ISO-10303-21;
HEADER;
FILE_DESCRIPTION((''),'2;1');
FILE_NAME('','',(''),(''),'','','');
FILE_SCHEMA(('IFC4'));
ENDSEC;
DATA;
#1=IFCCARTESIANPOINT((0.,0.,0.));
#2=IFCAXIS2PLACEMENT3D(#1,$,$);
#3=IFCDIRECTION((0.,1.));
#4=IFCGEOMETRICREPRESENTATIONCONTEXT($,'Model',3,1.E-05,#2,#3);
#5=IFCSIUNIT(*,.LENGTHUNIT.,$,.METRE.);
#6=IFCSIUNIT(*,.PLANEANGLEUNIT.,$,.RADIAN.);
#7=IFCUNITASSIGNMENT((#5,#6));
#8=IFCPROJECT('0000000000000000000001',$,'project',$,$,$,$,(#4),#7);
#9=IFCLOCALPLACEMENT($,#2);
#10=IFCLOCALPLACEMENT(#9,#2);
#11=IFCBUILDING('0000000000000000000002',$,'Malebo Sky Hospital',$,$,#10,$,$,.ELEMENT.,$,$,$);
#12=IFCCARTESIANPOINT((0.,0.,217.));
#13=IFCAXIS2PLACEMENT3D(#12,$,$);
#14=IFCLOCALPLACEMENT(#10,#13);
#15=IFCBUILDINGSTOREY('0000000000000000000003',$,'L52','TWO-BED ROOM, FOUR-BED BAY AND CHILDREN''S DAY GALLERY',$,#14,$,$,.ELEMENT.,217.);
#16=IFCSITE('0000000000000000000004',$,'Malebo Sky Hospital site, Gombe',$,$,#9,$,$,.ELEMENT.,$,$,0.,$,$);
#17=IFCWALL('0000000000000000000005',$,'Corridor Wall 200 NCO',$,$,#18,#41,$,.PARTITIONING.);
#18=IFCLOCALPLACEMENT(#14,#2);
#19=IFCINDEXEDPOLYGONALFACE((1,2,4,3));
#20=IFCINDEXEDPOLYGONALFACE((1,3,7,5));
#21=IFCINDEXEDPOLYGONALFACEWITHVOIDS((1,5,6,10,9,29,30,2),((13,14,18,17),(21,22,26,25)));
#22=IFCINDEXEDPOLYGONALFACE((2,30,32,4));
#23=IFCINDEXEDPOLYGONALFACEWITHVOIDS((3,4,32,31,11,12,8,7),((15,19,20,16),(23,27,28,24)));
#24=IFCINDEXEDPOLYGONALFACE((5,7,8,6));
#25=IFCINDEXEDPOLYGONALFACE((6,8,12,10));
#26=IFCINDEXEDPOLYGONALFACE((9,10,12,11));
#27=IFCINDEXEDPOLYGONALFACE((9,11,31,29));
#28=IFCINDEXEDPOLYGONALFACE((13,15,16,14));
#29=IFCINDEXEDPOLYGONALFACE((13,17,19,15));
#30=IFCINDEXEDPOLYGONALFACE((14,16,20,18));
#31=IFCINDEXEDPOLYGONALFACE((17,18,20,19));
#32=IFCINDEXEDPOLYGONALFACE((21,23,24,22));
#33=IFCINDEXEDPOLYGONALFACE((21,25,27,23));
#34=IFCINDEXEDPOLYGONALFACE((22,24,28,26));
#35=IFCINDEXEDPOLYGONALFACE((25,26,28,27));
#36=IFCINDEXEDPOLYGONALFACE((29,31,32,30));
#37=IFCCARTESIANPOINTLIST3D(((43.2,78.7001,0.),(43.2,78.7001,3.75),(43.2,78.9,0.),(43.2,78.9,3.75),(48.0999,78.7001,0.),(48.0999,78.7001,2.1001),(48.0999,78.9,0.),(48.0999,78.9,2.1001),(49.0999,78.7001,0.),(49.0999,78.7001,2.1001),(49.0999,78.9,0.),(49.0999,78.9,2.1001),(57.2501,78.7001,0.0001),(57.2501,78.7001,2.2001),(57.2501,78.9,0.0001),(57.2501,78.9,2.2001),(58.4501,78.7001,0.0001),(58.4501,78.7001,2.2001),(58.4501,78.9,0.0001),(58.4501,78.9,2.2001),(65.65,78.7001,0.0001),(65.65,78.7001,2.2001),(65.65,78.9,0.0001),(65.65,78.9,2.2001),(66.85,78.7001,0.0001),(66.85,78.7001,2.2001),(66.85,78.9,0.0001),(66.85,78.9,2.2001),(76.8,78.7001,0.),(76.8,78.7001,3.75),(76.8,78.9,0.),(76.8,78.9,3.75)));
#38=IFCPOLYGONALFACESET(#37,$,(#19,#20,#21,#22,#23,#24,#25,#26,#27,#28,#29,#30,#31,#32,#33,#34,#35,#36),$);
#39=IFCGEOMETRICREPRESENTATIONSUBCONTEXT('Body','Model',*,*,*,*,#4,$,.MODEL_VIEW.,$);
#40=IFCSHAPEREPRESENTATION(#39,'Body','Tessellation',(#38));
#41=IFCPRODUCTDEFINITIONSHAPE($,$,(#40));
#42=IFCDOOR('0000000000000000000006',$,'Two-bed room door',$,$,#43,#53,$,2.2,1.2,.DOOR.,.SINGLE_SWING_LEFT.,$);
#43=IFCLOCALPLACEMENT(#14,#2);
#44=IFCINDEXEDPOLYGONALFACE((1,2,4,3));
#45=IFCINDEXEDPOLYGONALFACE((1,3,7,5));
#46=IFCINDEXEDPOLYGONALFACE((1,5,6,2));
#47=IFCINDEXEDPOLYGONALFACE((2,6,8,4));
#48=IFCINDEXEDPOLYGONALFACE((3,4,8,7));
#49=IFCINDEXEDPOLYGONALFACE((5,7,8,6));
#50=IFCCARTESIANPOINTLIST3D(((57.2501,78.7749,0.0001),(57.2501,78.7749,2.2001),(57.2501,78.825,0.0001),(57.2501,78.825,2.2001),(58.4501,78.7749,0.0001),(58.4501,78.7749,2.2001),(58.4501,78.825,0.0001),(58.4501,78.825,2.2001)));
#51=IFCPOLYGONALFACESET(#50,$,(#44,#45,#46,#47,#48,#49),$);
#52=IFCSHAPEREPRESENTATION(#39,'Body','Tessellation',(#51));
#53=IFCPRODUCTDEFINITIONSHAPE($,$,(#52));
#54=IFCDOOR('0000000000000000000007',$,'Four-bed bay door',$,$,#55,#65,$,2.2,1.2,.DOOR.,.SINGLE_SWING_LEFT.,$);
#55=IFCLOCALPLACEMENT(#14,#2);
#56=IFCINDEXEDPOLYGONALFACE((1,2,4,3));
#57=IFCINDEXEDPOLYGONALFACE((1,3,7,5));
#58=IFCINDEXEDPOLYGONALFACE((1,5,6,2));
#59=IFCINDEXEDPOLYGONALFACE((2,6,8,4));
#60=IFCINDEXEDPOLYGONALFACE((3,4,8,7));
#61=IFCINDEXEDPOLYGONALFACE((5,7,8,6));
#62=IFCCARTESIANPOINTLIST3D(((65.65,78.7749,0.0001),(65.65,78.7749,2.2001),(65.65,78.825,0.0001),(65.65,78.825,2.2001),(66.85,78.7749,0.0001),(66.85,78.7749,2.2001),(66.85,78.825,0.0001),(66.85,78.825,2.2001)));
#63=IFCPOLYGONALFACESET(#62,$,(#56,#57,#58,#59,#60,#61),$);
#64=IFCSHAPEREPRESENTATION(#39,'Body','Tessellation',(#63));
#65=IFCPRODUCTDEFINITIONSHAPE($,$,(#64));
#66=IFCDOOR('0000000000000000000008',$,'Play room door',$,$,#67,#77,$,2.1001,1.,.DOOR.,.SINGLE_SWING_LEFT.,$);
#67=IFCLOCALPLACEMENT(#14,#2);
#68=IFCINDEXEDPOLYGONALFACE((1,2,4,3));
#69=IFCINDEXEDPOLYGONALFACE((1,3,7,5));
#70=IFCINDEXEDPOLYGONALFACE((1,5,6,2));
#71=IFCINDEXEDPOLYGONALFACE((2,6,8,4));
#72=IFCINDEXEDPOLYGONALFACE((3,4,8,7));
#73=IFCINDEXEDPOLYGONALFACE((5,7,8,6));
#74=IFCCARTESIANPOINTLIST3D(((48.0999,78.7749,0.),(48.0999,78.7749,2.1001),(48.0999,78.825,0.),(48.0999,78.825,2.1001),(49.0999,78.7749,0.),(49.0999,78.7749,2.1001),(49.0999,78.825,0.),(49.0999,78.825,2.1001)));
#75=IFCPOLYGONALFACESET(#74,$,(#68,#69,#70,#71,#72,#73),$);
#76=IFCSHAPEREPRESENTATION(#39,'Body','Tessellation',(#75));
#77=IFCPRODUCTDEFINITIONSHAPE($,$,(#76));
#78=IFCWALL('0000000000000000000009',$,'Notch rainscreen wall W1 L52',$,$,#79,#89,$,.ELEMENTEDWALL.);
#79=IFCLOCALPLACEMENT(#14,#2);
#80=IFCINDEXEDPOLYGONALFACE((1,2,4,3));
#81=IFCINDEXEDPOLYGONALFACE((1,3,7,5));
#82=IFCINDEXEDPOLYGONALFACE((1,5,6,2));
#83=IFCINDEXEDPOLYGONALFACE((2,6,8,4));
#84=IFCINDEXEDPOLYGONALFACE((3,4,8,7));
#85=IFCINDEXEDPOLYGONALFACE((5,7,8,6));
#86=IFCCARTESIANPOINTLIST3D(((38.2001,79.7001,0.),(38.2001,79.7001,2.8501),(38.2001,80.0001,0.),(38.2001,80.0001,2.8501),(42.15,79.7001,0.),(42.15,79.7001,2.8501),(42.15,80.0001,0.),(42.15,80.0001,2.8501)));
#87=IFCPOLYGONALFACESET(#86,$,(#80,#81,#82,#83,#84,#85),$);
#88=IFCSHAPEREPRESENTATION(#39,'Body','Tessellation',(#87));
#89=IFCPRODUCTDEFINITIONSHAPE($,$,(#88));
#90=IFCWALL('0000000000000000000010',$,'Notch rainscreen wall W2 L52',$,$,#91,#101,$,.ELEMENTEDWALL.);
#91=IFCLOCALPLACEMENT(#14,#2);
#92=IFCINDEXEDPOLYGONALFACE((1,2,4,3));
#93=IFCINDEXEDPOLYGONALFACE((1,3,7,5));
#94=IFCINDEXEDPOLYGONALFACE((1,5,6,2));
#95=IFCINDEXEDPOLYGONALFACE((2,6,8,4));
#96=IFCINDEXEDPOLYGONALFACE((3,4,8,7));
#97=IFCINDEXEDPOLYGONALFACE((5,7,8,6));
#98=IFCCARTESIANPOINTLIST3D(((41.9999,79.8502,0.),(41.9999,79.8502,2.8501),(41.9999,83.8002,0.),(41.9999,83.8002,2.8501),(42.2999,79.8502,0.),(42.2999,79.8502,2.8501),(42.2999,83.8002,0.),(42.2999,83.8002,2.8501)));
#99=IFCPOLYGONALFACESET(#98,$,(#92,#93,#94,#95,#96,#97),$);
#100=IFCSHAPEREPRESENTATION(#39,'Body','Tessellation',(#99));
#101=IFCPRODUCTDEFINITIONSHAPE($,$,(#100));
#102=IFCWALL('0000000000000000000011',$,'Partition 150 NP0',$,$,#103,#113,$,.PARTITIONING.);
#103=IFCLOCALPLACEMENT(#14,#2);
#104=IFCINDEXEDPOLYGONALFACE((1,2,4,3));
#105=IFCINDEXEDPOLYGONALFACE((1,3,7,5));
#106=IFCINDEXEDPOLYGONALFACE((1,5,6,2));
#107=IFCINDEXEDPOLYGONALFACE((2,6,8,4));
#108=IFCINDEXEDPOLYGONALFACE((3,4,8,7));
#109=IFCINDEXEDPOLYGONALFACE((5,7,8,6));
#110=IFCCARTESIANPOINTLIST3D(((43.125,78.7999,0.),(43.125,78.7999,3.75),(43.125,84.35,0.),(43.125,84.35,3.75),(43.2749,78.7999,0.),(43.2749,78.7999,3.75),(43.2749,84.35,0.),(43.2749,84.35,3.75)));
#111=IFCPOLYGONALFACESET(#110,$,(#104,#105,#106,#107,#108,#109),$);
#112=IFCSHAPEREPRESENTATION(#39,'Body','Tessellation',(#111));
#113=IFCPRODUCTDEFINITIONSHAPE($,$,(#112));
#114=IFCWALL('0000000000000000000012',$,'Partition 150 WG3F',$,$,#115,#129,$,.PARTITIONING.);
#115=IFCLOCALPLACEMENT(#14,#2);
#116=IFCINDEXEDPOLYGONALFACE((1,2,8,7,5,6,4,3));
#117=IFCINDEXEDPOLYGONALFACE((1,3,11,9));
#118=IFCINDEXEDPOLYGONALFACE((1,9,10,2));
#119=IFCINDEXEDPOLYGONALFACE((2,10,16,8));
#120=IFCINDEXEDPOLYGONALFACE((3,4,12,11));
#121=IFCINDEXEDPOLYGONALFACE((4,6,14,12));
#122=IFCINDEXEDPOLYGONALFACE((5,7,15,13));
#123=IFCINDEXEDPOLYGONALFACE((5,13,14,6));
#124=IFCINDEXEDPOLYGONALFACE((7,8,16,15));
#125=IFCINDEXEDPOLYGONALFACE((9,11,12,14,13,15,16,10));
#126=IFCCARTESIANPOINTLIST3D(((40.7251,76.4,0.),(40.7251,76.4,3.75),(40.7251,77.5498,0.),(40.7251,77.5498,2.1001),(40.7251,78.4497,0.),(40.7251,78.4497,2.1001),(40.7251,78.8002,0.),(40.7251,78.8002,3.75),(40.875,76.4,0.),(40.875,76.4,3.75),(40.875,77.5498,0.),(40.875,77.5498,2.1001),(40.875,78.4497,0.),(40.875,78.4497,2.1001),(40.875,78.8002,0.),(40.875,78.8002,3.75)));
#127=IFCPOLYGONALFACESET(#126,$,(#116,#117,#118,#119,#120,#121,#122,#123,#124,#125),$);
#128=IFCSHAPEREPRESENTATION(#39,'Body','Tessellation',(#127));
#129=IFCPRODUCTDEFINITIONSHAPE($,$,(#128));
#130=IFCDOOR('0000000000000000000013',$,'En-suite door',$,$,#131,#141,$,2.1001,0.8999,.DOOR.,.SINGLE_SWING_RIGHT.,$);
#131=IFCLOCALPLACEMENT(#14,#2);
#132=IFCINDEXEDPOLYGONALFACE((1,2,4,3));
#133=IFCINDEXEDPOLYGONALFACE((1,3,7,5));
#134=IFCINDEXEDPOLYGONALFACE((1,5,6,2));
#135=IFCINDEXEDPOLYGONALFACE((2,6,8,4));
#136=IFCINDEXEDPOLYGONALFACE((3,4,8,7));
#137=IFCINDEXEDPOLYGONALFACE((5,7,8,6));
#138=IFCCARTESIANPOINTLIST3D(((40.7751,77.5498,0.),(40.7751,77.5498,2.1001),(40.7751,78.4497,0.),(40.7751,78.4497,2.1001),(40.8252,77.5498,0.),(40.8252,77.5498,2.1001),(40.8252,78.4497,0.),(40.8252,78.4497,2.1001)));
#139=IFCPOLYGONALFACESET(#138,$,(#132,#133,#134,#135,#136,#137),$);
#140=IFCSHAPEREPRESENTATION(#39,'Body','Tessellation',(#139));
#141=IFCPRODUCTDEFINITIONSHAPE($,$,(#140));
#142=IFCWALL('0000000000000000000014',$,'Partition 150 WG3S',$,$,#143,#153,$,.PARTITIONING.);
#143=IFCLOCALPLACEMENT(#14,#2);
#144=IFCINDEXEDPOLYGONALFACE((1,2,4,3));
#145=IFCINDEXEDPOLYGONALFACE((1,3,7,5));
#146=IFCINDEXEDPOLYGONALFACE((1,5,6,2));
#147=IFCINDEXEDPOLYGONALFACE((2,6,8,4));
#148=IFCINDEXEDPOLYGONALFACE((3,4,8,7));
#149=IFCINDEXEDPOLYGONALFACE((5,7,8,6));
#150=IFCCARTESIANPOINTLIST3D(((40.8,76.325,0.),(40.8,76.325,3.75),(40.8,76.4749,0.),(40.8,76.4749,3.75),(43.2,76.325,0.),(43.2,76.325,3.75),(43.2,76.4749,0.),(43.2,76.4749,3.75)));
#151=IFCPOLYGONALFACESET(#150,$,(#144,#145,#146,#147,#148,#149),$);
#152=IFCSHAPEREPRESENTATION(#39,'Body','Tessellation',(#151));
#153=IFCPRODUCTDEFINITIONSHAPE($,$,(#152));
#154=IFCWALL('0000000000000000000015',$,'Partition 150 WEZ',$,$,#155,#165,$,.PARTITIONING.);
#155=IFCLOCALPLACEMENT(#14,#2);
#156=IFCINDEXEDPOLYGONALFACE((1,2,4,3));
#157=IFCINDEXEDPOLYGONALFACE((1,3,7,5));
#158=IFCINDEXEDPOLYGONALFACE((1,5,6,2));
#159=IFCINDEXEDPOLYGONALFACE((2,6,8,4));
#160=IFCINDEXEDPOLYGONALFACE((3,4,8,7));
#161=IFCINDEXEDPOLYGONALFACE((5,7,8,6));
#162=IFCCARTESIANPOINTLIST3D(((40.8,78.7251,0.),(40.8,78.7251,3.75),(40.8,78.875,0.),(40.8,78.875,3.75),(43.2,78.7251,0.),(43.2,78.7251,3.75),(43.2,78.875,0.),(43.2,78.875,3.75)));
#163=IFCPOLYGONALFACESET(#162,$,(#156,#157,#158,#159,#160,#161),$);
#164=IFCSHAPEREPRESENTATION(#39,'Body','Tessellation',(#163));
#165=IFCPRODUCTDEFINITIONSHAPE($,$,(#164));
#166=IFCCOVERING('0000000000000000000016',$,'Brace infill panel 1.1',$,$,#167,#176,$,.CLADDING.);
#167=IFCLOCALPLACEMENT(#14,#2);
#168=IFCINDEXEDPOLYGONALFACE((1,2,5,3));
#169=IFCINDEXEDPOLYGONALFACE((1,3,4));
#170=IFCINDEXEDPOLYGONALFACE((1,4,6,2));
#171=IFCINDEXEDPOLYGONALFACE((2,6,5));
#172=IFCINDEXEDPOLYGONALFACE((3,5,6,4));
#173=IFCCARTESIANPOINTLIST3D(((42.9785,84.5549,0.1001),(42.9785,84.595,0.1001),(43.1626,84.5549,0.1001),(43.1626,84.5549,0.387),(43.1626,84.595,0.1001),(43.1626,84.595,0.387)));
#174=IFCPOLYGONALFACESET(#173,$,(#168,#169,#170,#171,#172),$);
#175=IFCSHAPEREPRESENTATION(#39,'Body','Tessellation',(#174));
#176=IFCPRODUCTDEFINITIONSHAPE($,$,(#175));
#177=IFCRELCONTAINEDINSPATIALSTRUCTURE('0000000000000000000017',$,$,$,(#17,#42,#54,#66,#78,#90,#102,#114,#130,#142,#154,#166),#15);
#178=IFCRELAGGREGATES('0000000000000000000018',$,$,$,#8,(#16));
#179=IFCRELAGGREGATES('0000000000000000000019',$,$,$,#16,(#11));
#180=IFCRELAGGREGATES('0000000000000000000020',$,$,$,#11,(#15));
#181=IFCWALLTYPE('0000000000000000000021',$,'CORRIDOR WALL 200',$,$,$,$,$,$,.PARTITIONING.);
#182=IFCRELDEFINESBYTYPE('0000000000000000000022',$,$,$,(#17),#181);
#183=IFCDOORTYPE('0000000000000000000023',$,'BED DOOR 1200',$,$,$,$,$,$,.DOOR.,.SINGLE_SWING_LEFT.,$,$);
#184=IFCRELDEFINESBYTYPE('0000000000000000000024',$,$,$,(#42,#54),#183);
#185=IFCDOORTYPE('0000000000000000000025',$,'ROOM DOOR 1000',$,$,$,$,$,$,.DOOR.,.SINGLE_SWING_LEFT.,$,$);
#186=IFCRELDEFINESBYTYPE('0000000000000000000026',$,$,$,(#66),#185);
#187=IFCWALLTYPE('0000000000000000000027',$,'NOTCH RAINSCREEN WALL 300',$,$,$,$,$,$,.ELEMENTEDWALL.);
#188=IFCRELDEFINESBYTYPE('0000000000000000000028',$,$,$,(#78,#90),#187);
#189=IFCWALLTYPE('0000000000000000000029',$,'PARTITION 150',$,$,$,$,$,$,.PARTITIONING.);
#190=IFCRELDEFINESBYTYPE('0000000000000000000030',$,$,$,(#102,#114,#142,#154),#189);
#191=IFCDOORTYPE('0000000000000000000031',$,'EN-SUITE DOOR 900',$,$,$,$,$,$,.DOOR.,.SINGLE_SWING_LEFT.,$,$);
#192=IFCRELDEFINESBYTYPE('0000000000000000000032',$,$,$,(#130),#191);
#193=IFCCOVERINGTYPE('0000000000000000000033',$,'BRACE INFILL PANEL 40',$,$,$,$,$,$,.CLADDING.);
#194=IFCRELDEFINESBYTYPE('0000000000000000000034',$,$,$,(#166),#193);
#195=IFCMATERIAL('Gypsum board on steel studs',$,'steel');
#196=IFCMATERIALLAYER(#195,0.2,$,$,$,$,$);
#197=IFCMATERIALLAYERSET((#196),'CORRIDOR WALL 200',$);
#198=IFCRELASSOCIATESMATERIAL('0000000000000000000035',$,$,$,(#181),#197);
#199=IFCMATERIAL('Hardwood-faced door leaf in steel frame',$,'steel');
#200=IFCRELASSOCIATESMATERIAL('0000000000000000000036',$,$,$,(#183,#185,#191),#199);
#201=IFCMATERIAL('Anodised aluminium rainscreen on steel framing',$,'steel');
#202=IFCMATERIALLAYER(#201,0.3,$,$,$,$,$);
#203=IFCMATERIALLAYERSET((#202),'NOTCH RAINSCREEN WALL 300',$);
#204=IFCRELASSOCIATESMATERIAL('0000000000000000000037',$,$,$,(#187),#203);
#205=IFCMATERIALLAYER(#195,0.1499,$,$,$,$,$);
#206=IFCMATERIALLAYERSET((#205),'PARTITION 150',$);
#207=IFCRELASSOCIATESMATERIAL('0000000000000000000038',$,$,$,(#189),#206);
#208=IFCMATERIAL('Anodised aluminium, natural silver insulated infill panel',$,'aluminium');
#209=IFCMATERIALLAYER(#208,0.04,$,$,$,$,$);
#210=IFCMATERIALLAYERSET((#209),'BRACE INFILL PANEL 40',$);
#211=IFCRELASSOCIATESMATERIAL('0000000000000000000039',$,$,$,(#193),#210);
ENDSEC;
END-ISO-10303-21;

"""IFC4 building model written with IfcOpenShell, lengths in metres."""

from ifc_helpers import new_model, si_unit, direction, frame, frame_2d, origin, place, context, subcontext, project, spatial, polyline, rectangle, outline, extrude, material, layer, layer_set, type_object, element, fill, save


model = new_model("IFC4")

# Units and contexts
model_context = context("Model", 3, precision=1e-05, world=origin(), true_north=direction((0.0, 1.0)))
body_context = subcontext(model_context, "Body", "Model", "MODEL_VIEW")
ifc_project = project(units=[si_unit("LENGTHUNIT", "METRE"), si_unit("PLANEANGLEUNIT", "RADIAN")], contexts=[model_context])

# Site, building, storey
site_placement = place(None, origin())
site = spatial("IfcSite", under=ifc_project, at=site_placement, Name="Malebo Sky Hospital site, Gombe", CompositionType="ELEMENT", RefElevation=0.0)
building_placement = place(site_placement, origin())
building = spatial("IfcBuilding", under=site, at=building_placement, Name="Malebo Sky Hospital", CompositionType="ELEMENT")
storey_placement = place(building_placement, frame((0.0, 0.0, 217.0)))
storey = spatial("IfcBuildingStorey", under=building, at=storey_placement, Name="L52", Description="TWO-BED ROOM, FOUR-BED BAY AND CHILDREN'S DAY GALLERY", CompositionType="ELEMENT", Elevation=217.0)

# Wall, openings, doors
ifc_material_1 = material(Name="Gypsum board on steel studs", Category="steel")
ifc_layer_1 = layer(ifc_material_1, 0.2)
ifc_layer_set_1 = layer_set([ifc_layer_1], Name="CORRIDOR WALL 200")
wall_type_1 = type_object("IfcWallType", Name="CORRIDOR WALL 200", PredefinedType="PARTITIONING", material=ifc_layer_set_1)
wall_1_placement = place(storey_placement, frame((43.2, 78.8, 0.0), z_axis=(0.0, 0.0, 1.0), x_axis=(1.0, 0.0, 0.0)))
wall_1 = element("IfcWall", 1, at=wall_1_placement, inside=storey, type_object=wall_type_1, Name="Corridor Wall 200 NCO", PredefinedType="PARTITIONING", context=body_context, shape_type="SweptSolid", body=[
    extrude(rectangle(XDim=33.6001, YDim=0.2, at=frame_2d((16.8, 0.0))), origin(), (0.0, 0.0, 1.0), 3.75),
])
opening_1_placement = place(wall_1_placement, frame((4.8999, 0.0, 0.0)))
opening_1 = element("IfcOpeningElement", 2, at=opening_1_placement, cuts=wall_1, PredefinedType="OPENING", context=body_context, shape_type="SweptSolid", body=[
    extrude(rectangle(XDim=1.0, YDim=2.1001, at=frame_2d((0.5, 1.05))), frame((0.0, 0.1099, 0.0), z_axis=(0.0, -1.0, 0.0), x_axis=(1.0, 0.0, 0.0)), (0.0, 0.0, 1.0), 0.22),
])
opening_2_placement = place(wall_1_placement, frame((14.05, 0.0, 0.0)))
opening_2 = element("IfcOpeningElement", 3, at=opening_2_placement, cuts=wall_1, PredefinedType="OPENING", context=body_context, shape_type="SweptSolid", body=[
    extrude(rectangle(XDim=1.2, YDim=2.2, at=frame_2d((0.6001, 1.1001))), frame((0.0, 0.1099, 0.0), z_axis=(0.0, -1.0, 0.0), x_axis=(1.0, 0.0, 0.0)), (0.0, 0.0, 1.0), 0.22),
])
opening_3_placement = place(wall_1_placement, frame((22.45, 0.0, 0.0)))
opening_3 = element("IfcOpeningElement", 4, at=opening_3_placement, cuts=wall_1, PredefinedType="OPENING", context=body_context, shape_type="SweptSolid", body=[
    extrude(rectangle(XDim=1.2, YDim=2.2, at=frame_2d((0.6001, 1.1001))), frame((0.0, 0.1099, 0.0), z_axis=(0.0, -1.0, 0.0), x_axis=(1.0, 0.0, 0.0)), (0.0, 0.0, 1.0), 0.22),
])
ifc_material_2 = material(Name="Hardwood-faced door leaf in steel frame", Category="steel")
door_type_1 = type_object("IfcDoorType", Name="BED DOOR 1200", OperationType="SINGLE_SWING_LEFT", PredefinedType="DOOR", material=ifc_material_2)
door_1_placement = place(opening_2_placement, origin())
door_1 = element("IfcDoor", 5, at=door_1_placement, inside=storey, type_object=door_type_1, Name="Two-bed room door", OperationType="SINGLE_SWING_LEFT", OverallHeight=2.2, OverallWidth=1.2, PredefinedType="DOOR", context=body_context, shape_type="SweptSolid", body=[
    extrude(rectangle(XDim=1.2, YDim=2.2, at=frame_2d((0.6001, 1.1001))), frame((0.0, 0.0249, 0.0), z_axis=(0.0, -1.0, 0.0), x_axis=(1.0, 0.0, 0.0)), (0.0, 0.0, 1.0), 0.05),
])
fill(opening_2, door_1)
door_2_placement = place(opening_3_placement, origin())
door_2 = element("IfcDoor", 6, at=door_2_placement, inside=storey, type_object=door_type_1, Name="Four-bed bay door", OperationType="SINGLE_SWING_LEFT", OverallHeight=2.2, OverallWidth=1.2, PredefinedType="DOOR", context=body_context, shape_type="SweptSolid", body=[
    extrude(rectangle(XDim=1.2, YDim=2.2, at=frame_2d((0.6001, 1.1001))), frame((0.0, 0.0249, 0.0), z_axis=(0.0, -1.0, 0.0), x_axis=(1.0, 0.0, 0.0)), (0.0, 0.0, 1.0), 0.05),
])
fill(opening_3, door_2)
door_type_2 = type_object("IfcDoorType", Name="ROOM DOOR 1000", OperationType="SINGLE_SWING_LEFT", PredefinedType="DOOR", material=ifc_material_2)
door_3_placement = place(opening_1_placement, origin())
door_3 = element("IfcDoor", 7, at=door_3_placement, inside=storey, type_object=door_type_2, Name="Play room door", OperationType="SINGLE_SWING_LEFT", OverallHeight=2.1001, OverallWidth=1.0, PredefinedType="DOOR", context=body_context, shape_type="SweptSolid", body=[
    extrude(rectangle(XDim=1.0, YDim=2.1001, at=frame_2d((0.5, 1.05))), frame((0.0, 0.0249, 0.0), z_axis=(0.0, -1.0, 0.0), x_axis=(1.0, 0.0, 0.0)), (0.0, 0.0, 1.0), 0.05),
])
fill(opening_1, door_3)

# Walls
ifc_material_3 = material(Name="Anodised aluminium rainscreen on steel framing", Category="steel")
ifc_layer_2 = layer(ifc_material_3, 0.3)
ifc_layer_set_2 = layer_set([ifc_layer_2], Name="NOTCH RAINSCREEN WALL 300")
wall_type_2 = type_object("IfcWallType", Name="NOTCH RAINSCREEN WALL 300", PredefinedType="ELEMENTEDWALL", material=ifc_layer_set_2)
for number, where, z_axis, x_axis, name in (
    (8, (38.2, 79.8501, 0.0), (0.0, 0.0, 1.0), (1.0, 0.0, 0.0), "Notch rainscreen wall W1 L52"),
    (9, (42.1499, 79.8501, 0.0), (0.0, 0.0, 1.0), (0.0, 1.0, 0.0), "Notch rainscreen wall W2 L52"),
):
    element("IfcWall", number, at=place(storey_placement, frame(where, z_axis=z_axis, x_axis=x_axis)), inside=storey, type_object=wall_type_2, Name=name, PredefinedType="ELEMENTEDWALL", context=body_context, shape_type="SweptSolid", body=[
        extrude(rectangle(XDim=3.95, YDim=0.3, at=frame_2d((1.9751, 0.0))), origin(), (0.0, 0.0, 1.0), 2.8501),
    ])
ifc_layer_3 = layer(ifc_material_1, 0.1499)
ifc_layer_set_3 = layer_set([ifc_layer_3], Name="PARTITION 150")
wall_type_3 = type_object("IfcWallType", Name="PARTITION 150", PredefinedType="PARTITIONING", material=ifc_layer_set_3)
wall_2_placement = place(storey_placement, frame((43.2, 78.8, 0.0), z_axis=(0.0, 0.0, 1.0), x_axis=(0.0, 1.0, 0.0)))
element("IfcWall", 10, at=wall_2_placement, inside=storey, type_object=wall_type_3, Name="Partition 150 NP0", PredefinedType="PARTITIONING", context=body_context, shape_type="SweptSolid", body=[
    extrude(rectangle(XDim=5.55, YDim=0.1499, at=frame_2d((2.7749, 0.0))), origin(), (0.0, 0.0, 1.0), 3.75),
])

# Wall, opening, door
wall_3_placement = place(storey_placement, frame((40.8, 76.3999, 0.0), z_axis=(0.0, 0.0, 1.0), x_axis=(0.0, 1.0, 0.0)))
wall_3 = element("IfcWall", 11, at=wall_3_placement, inside=storey, type_object=wall_type_3, Name="Partition 150 WG3F", PredefinedType="PARTITIONING", context=body_context, shape_type="SweptSolid", body=[
    extrude(rectangle(XDim=2.4001, YDim=0.1499, at=frame_2d((1.2002, 0.0))), origin(), (0.0, 0.0, 1.0), 3.75),
])
opening_4_placement = place(wall_3_placement, frame((1.1499, 0.0, 0.0)))
opening_4 = element("IfcOpeningElement", 12, at=opening_4_placement, cuts=wall_3, PredefinedType="OPENING", context=body_context, shape_type="SweptSolid", body=[
    extrude(rectangle(XDim=0.8999, YDim=2.1001, at=frame_2d((0.45, 1.05))), frame((0.0, 0.085, 0.0), z_axis=(0.0, -1.0, 0.0), x_axis=(1.0, 0.0, 0.0)), (0.0, 0.0, 1.0), 0.1699),
])
door_type_3 = type_object("IfcDoorType", Name="EN-SUITE DOOR 900", OperationType="SINGLE_SWING_LEFT", PredefinedType="DOOR", material=ifc_material_2)
door_4_placement = place(opening_4_placement, origin())
door_4 = element("IfcDoor", 13, at=door_4_placement, inside=storey, type_object=door_type_3, Name="En-suite door", OperationType="SINGLE_SWING_RIGHT", OverallHeight=2.1001, OverallWidth=0.8999, PredefinedType="DOOR", context=body_context, shape_type="SweptSolid", body=[
    extrude(rectangle(XDim=0.8999, YDim=2.1001, at=frame_2d((0.45, 1.05))), frame((0.0, 0.0249, 0.0), z_axis=(0.0, -1.0, 0.0), x_axis=(1.0, 0.0, 0.0)), (0.0, 0.0, 1.0), 0.05),
])
fill(opening_4, door_4)

# Walls
for number, where, z_axis, x_axis, name in (
    (14, (43.2, 76.3999, 0.0), (0.0, 0.0, 1.0), (-1.0, 0.0, 0.0), "Partition 150 WG3S"),
    (15, (43.2, 78.8, 0.0), (0.0, 0.0, 1.0), (-1.0, 0.0, 0.0), "Partition 150 WEZ"),
):
    element("IfcWall", number, at=place(storey_placement, frame(where, z_axis=z_axis, x_axis=x_axis)), inside=storey, type_object=wall_type_3, Name=name, PredefinedType="PARTITIONING", context=body_context, shape_type="SweptSolid", body=[
        extrude(rectangle(XDim=2.3999, YDim=0.1499, at=frame_2d((1.2, 0.0))), origin(), (0.0, 0.0, 1.0), 3.75),
    ])

# Covering
ifc_material_4 = material(Name="Anodised aluminium, natural silver insulated infill panel", Category="aluminium")
ifc_layer_4 = layer(ifc_material_4, 0.04)
ifc_layer_set_4 = layer_set([ifc_layer_4], Name="BRACE INFILL PANEL 40")
covering_type = type_object("IfcCoveringType", Name="BRACE INFILL PANEL 40", PredefinedType="CLADDING", material=ifc_layer_set_4)
covering_1_placement = place(storey_placement, frame((43.0706, 84.575, 0.1001), z_axis=(0.0, 0.0, 1.0), x_axis=(1.0, 0.0, 0.0)))
element("IfcCovering", 16, at=covering_1_placement, inside=storey, type_object=covering_type, Name="Brace infill panel 1.1", PredefinedType="CLADDING", context=body_context, shape_type="SweptSolid", body=[
    extrude(outline(polyline([(-0.092, 0.0), (0.092, 0.0), (0.092, 0.2869), (-0.092, 0.0)])), frame((0.0, 0.02, 0.0), z_axis=(0.0, -1.0, 0.0), x_axis=(1.0, 0.0, 0.0)), (0.0, 0.0, 1.0), 0.04),
])

save(model, "model.ifc")
